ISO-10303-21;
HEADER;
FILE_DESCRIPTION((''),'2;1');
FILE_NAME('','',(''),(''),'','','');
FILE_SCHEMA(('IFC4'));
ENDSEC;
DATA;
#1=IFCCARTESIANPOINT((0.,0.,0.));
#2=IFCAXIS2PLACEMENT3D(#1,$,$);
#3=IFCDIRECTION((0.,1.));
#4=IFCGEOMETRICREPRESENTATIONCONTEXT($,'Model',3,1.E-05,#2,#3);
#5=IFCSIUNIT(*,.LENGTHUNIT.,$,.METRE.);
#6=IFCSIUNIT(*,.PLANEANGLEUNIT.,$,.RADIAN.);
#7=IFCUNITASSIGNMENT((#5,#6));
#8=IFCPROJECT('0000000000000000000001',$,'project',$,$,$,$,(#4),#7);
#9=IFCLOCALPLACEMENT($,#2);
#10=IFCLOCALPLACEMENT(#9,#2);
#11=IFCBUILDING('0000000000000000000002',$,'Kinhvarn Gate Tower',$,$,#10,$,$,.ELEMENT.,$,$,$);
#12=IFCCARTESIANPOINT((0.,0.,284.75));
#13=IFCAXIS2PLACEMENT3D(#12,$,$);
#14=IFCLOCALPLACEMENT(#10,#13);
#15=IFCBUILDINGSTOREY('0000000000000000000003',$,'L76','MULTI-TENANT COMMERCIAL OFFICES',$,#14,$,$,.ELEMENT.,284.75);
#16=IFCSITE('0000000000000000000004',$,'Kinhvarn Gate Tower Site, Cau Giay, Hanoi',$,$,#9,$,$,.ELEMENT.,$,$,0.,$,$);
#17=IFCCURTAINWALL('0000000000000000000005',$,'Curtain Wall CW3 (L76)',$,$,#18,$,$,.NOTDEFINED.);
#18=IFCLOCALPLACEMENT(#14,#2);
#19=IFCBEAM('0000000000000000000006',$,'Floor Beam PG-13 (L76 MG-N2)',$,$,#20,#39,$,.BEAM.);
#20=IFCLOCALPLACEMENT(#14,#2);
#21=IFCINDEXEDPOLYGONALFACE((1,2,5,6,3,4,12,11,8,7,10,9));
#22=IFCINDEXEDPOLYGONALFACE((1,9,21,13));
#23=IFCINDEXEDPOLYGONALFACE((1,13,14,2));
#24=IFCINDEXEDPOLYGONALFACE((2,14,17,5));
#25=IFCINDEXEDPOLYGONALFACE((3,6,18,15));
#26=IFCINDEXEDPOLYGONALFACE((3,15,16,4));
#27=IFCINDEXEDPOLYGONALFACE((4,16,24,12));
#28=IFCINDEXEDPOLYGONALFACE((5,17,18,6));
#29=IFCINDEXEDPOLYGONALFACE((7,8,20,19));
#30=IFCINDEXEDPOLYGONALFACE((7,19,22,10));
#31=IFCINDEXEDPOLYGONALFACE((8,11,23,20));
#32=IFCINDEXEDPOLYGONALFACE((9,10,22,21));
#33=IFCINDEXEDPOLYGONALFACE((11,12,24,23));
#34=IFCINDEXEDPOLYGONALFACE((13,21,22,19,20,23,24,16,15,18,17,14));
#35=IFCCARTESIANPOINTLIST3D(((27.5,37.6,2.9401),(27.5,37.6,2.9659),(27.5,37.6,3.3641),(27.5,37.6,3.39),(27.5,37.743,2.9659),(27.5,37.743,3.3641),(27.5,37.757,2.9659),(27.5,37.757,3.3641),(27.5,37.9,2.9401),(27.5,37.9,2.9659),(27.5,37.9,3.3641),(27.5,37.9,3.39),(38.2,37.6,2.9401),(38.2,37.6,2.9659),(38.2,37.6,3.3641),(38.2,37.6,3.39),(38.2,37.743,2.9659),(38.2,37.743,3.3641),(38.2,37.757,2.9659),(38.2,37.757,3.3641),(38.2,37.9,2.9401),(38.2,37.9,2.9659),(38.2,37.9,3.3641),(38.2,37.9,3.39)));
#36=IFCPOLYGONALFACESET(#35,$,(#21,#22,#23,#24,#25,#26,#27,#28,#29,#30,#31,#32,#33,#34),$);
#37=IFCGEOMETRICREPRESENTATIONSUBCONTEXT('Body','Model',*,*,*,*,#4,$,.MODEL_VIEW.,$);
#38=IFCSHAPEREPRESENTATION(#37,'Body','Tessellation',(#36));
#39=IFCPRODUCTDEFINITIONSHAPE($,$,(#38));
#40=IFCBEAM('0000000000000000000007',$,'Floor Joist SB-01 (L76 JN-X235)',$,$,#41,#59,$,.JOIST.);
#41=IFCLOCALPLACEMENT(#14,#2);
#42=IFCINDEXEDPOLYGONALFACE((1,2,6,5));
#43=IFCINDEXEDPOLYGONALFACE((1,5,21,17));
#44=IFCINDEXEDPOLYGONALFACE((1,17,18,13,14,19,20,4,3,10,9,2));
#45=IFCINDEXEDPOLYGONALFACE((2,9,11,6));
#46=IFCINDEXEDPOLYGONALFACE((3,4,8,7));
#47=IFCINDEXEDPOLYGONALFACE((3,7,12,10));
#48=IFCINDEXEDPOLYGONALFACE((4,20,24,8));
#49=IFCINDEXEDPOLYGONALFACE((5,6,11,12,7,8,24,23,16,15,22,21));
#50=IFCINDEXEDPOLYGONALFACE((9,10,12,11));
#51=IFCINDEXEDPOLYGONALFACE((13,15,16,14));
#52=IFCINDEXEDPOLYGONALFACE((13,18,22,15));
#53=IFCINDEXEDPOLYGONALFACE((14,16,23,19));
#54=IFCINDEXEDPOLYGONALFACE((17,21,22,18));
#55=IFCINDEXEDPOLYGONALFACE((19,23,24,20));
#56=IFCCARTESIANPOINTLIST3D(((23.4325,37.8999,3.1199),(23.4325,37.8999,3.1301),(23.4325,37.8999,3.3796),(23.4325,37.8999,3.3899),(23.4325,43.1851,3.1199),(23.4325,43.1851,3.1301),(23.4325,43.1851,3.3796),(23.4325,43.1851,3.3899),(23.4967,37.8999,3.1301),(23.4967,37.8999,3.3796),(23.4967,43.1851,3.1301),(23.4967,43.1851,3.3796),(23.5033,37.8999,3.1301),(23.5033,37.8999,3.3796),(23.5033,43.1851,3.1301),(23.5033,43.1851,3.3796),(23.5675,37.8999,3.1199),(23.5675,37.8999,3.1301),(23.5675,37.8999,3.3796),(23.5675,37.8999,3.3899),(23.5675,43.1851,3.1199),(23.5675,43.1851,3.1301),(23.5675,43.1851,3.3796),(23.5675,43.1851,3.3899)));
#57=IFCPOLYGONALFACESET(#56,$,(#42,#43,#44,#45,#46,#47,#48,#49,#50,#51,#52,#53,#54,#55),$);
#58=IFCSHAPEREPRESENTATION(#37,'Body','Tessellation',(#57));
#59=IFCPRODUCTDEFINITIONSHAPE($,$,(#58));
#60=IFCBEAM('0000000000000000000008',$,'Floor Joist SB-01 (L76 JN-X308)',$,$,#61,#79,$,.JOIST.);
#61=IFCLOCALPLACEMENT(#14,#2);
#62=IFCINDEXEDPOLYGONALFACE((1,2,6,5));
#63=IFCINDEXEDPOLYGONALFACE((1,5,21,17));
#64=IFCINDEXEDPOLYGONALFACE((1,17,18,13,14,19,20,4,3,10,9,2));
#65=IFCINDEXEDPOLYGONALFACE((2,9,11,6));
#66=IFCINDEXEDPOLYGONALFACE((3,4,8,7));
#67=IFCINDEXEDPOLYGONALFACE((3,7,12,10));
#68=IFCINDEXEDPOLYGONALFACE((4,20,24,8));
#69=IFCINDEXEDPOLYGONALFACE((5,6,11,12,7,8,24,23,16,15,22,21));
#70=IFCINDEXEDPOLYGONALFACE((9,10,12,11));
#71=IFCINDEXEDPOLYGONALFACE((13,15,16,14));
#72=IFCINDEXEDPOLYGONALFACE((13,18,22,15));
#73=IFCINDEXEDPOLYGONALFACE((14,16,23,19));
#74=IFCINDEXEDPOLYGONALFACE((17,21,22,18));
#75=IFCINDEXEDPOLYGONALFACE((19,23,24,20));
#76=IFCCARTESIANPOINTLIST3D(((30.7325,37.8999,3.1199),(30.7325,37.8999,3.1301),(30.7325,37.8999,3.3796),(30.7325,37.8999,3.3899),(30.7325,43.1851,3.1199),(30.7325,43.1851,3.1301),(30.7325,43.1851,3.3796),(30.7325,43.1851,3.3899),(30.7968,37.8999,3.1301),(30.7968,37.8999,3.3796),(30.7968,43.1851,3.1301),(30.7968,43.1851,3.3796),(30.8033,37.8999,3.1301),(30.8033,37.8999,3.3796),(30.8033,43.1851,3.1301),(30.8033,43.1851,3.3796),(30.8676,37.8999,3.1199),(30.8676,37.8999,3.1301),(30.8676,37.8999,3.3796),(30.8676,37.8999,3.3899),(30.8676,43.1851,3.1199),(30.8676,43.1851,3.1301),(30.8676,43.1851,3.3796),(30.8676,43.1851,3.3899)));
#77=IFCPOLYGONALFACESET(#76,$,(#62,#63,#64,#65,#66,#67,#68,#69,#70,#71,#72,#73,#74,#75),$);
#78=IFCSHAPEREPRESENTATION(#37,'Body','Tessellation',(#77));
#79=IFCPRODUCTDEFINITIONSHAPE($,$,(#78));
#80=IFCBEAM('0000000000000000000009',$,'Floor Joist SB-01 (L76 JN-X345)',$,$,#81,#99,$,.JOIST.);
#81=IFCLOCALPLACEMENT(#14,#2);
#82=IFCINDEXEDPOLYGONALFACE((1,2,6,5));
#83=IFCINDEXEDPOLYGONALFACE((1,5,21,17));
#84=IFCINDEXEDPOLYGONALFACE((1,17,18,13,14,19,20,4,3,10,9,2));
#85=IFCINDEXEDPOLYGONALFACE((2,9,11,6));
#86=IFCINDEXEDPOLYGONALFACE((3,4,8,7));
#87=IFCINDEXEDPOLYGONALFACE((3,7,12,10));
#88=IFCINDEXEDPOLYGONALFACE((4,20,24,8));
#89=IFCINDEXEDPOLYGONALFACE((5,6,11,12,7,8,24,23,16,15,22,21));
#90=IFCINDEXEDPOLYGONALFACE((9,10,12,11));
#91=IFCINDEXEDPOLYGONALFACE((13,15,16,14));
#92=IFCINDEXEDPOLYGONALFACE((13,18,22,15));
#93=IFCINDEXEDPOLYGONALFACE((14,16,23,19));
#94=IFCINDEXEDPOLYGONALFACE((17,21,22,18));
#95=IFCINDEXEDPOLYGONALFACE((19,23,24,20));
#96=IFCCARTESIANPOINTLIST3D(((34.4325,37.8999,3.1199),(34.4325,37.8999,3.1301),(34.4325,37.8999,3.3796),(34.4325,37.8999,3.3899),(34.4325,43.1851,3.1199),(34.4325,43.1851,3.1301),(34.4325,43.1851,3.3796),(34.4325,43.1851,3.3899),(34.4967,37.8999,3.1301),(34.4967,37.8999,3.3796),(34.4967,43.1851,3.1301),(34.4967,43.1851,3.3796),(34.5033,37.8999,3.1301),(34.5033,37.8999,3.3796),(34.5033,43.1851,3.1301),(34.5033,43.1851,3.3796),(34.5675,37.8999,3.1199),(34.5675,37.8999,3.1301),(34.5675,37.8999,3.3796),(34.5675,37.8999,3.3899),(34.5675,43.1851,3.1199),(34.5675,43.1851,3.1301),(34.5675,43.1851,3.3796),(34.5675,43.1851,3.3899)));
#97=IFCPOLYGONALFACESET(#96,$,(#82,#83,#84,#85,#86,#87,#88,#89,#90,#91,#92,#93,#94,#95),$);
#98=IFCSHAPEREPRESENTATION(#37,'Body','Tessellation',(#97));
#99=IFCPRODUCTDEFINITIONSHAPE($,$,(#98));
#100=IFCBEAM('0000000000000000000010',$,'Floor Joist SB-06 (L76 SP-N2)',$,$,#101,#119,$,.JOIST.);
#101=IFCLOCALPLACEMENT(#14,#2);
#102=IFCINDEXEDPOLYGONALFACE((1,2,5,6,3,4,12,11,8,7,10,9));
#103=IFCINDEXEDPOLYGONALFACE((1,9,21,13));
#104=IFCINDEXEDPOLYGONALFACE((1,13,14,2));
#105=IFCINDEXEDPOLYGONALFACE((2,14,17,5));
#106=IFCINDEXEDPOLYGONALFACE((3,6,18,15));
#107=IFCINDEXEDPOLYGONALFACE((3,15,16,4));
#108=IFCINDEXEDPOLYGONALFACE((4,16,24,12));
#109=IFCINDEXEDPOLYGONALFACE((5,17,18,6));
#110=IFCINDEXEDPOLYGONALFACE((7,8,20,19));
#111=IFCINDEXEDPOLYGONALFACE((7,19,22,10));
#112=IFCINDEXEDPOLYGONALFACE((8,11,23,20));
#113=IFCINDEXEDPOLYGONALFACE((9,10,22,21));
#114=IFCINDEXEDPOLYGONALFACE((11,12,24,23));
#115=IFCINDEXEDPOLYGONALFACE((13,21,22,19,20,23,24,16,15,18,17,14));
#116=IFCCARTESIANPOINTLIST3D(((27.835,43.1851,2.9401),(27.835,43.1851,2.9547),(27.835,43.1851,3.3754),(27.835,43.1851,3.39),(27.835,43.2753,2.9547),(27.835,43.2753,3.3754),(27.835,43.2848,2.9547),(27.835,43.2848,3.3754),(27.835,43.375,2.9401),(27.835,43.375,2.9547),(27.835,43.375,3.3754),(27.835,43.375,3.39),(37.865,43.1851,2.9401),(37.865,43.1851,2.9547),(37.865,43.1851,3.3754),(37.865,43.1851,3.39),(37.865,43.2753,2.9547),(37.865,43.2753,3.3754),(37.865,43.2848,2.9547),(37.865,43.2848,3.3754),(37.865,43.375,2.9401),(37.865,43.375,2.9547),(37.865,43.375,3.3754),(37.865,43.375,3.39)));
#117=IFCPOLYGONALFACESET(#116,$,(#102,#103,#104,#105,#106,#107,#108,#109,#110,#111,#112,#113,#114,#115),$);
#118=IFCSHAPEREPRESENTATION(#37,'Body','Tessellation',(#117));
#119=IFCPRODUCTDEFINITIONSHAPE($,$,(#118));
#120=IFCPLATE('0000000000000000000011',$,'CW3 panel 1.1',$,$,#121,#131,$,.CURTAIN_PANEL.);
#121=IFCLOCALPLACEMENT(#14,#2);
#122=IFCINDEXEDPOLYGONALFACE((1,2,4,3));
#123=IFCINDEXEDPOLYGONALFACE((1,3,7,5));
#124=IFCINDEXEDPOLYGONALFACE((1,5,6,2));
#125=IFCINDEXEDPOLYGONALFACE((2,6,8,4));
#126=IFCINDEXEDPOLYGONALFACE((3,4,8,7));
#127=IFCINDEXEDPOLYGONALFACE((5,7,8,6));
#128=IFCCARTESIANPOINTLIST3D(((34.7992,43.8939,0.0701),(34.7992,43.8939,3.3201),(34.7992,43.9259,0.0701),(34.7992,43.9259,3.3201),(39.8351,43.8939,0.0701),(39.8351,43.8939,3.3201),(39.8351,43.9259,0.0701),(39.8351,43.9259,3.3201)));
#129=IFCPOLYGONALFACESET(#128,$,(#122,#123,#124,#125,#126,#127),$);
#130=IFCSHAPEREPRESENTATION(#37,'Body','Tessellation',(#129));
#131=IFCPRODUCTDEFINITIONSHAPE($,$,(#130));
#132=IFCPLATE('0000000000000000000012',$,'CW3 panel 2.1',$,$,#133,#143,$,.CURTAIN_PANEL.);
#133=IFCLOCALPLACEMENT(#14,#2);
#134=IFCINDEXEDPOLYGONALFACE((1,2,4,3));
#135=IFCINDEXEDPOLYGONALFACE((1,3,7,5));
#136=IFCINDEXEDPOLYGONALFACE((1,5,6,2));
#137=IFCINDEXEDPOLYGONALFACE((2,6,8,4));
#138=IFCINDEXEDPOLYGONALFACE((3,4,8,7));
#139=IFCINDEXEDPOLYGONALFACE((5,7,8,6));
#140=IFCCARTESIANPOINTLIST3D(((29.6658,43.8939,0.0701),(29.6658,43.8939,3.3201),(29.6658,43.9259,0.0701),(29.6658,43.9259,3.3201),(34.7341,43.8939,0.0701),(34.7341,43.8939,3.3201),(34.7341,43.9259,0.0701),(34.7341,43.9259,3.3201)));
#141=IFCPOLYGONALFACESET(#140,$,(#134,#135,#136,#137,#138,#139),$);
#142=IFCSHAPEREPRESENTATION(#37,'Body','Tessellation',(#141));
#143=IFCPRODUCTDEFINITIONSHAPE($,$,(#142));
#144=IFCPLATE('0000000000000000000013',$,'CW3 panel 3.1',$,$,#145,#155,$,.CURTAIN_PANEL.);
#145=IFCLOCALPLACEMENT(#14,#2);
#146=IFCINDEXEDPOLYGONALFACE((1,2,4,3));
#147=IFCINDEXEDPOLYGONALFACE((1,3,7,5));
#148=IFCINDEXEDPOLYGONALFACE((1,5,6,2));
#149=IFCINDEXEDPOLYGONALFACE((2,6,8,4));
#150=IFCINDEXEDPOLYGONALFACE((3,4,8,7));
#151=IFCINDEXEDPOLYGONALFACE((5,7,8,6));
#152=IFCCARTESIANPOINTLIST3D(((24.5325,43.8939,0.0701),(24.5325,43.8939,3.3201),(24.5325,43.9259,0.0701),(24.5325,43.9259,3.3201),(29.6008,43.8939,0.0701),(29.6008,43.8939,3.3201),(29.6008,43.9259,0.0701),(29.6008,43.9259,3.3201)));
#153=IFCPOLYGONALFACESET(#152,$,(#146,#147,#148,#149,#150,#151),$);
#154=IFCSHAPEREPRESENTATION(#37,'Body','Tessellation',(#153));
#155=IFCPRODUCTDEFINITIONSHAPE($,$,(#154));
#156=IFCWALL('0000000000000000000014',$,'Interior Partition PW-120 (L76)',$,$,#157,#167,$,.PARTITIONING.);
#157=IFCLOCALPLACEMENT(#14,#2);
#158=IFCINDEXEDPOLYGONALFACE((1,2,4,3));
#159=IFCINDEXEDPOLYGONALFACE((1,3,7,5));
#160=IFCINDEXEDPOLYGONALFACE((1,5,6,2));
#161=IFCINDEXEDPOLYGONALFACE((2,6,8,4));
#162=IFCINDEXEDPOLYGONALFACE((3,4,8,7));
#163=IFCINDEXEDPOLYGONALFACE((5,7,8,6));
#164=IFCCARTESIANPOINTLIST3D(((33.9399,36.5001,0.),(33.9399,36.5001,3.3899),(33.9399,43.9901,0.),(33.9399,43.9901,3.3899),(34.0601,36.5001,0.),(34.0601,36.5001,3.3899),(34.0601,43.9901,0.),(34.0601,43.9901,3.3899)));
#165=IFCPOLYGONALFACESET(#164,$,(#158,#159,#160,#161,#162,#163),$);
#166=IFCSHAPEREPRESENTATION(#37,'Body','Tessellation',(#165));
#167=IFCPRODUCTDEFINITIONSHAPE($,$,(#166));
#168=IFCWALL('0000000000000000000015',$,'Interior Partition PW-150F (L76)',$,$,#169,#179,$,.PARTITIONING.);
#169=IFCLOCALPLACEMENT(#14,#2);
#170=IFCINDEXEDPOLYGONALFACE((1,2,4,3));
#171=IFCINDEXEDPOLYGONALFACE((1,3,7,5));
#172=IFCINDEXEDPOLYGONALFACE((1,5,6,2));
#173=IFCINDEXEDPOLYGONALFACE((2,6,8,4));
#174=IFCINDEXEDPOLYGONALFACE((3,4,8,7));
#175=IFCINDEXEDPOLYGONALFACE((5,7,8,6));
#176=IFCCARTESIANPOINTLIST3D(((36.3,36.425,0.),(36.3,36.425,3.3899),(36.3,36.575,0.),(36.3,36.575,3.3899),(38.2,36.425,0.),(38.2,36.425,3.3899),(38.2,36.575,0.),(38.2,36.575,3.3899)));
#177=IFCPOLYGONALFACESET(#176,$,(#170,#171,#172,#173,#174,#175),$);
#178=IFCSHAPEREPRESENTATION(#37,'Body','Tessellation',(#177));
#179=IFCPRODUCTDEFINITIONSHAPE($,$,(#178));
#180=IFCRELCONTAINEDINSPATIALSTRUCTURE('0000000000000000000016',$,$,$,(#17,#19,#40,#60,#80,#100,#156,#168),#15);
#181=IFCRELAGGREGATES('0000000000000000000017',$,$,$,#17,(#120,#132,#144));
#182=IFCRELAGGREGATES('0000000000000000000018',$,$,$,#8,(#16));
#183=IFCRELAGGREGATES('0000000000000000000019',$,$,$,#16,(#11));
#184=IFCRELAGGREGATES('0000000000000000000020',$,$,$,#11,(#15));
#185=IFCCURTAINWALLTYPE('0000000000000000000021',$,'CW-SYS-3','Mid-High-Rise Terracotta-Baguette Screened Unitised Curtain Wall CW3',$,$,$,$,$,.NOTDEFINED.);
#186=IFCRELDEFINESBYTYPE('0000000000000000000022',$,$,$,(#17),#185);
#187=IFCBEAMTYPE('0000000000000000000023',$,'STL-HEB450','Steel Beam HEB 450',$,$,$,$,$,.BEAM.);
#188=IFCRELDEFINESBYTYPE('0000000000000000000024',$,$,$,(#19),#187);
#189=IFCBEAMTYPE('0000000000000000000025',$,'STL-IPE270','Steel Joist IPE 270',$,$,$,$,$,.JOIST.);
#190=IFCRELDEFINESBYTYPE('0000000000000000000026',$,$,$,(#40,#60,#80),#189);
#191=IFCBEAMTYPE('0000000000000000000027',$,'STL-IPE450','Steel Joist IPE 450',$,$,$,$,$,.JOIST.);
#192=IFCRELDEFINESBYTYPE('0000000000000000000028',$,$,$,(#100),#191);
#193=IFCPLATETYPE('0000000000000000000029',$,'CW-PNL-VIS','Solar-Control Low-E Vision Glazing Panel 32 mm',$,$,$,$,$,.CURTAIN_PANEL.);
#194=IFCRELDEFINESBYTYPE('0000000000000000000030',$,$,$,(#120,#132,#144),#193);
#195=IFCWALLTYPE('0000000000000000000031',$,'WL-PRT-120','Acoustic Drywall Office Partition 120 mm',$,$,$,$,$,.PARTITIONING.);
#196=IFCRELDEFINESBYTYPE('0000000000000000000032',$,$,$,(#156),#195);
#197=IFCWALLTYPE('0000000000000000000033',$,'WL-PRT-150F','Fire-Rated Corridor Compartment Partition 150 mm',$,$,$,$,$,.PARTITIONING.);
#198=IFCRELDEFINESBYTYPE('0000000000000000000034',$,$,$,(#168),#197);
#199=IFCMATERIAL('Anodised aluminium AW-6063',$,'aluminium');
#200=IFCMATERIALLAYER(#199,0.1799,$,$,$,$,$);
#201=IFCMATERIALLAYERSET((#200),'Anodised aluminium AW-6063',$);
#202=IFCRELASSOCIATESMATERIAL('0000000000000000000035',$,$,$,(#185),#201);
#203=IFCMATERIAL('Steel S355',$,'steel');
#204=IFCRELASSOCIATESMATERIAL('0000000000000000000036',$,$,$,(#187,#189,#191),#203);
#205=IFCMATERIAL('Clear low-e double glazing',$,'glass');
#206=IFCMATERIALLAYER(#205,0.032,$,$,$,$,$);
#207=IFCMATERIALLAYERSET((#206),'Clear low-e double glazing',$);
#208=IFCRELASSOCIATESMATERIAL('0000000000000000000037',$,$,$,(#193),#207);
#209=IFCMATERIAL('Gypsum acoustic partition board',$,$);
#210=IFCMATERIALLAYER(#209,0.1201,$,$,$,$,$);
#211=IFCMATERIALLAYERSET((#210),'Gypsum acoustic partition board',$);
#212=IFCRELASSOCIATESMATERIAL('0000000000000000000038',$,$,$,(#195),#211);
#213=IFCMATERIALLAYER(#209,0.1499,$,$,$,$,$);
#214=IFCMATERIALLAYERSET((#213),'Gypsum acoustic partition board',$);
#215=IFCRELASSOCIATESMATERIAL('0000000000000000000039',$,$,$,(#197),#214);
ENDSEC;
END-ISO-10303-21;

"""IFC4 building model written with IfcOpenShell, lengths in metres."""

from ifc_helpers import new_model, si_unit, direction, frame, frame_2d, origin, origin_2d, place, context, subcontext, project, spatial, rectangle, i_section, extrude, material, layer, layer_set, material_profile, profile_set, type_object, element, aggregate, save


model = new_model("IFC4")

# Units and contexts
model_context = context("Model", 3, precision=1e-05, world=origin(), true_north=direction((0.0, 1.0)))
body_context = subcontext(model_context, "Body", "Model", "MODEL_VIEW")
ifc_project = project(units=[si_unit("LENGTHUNIT", "METRE"), si_unit("PLANEANGLEUNIT", "RADIAN")], contexts=[model_context])

# Site, building, storey
site_placement = place(None, origin())
site = spatial("IfcSite", under=ifc_project, at=site_placement, Name="Kinhvarn Gate Tower Site, Cau Giay, Hanoi", CompositionType="ELEMENT", RefElevation=0.0)
building_placement = place(site_placement, origin())
building = spatial("IfcBuilding", under=site, at=building_placement, Name="Kinhvarn Gate Tower", CompositionType="ELEMENT")
storey_placement = place(building_placement, frame((0.0, 0.0, 284.75)))
storey = spatial("IfcBuildingStorey", under=building, at=storey_placement, Name="L76", Description="MULTI-TENANT COMMERCIAL OFFICES", CompositionType="ELEMENT", Elevation=284.75)

# Curtain wall
ifc_material_1 = material(Name="Anodised aluminium AW-6063", Category="aluminium")
ifc_layer_1 = layer(ifc_material_1, 0.1799)
ifc_layer_set_1 = layer_set([ifc_layer_1], Name="Anodised aluminium AW-6063")
curtain_wall_type = type_object("IfcCurtainWallType", Name="CW-SYS-3", Description="Mid-High-Rise Terracotta-Baguette Screened Unitised Curtain Wall CW3", PredefinedType="NOTDEFINED", material=ifc_layer_set_1)
curtain_wall_placement = place(storey_placement, origin())
curtain_wall = element("IfcCurtainWall", 1, at=curtain_wall_placement, inside=storey, type_object=curtain_wall_type, Name="Curtain Wall CW3 (L76)", PredefinedType="NOTDEFINED")

# Beams
ifc_material_2 = material(Name="Steel S355", Category="steel")
ifc_material_profile_1 = material_profile(ifc_material_2, i_section(OverallWidth=0.3, OverallDepth=0.45, WebThickness=0.0139, FlangeThickness=0.0259, at=origin_2d()), Name="HEB 450")
ifc_profile_set_1 = profile_set([ifc_material_profile_1], Name="Steel S355")
beam_type_1 = type_object("IfcBeamType", Name="STL-HEB450", Description="Steel Beam HEB 450", PredefinedType="BEAM", material=ifc_profile_set_1)
beam_1_placement = place(storey_placement, frame((27.5, 37.75, 3.165), z_axis=(1.0, 0.0, 0.0), x_axis=(0.0, 1.0, 0.0)))
element("IfcBeam", 2, at=beam_1_placement, inside=storey, type_object=beam_type_1, Name="Floor Beam PG-13 (L76 MG-N2)", PredefinedType="BEAM", context=body_context, shape_type="SweptSolid", body=[
    extrude(i_section(OverallWidth=0.3, OverallDepth=0.45, WebThickness=0.0139, FlangeThickness=0.0259, at=origin_2d()), origin(), (0.0, 0.0, 1.0), 10.7),
])
ifc_material_profile_2 = material_profile(ifc_material_2, i_section(OverallWidth=0.135, OverallDepth=0.27, WebThickness=0.0066, FlangeThickness=0.0103, at=origin_2d()), Name="IPE 270")
ifc_profile_set_2 = profile_set([ifc_material_profile_2], Name="Steel S355")
beam_type_2 = type_object("IfcBeamType", Name="STL-IPE270", Description="Steel Joist IPE 270", PredefinedType="JOIST", material=ifc_profile_set_2)
for number, where, z_axis, x_axis, name in (
    (3, (23.5, 37.8999, 3.2549), (0.0, 1.0, 0.0), (-1.0, 0.0, 0.0), "Floor Joist SB-01 (L76 JN-X235)"),
    (4, (30.8, 37.8999, 3.2549), (0.0, 1.0, 0.0), (-1.0, 0.0, 0.0), "Floor Joist SB-01 (L76 JN-X308)"),
    (5, (34.5, 37.8999, 3.2549), (0.0, 1.0, 0.0), (-1.0, 0.0, 0.0), "Floor Joist SB-01 (L76 JN-X345)"),
):
    element("IfcBeam", number, at=place(storey_placement, frame(where, z_axis=z_axis, x_axis=x_axis)), inside=storey, type_object=beam_type_2, Name=name, PredefinedType="JOIST", context=body_context, shape_type="SweptSolid", body=[
        extrude(i_section(OverallWidth=0.135, OverallDepth=0.27, WebThickness=0.0066, FlangeThickness=0.0103, at=origin_2d()), origin(), (0.0, 0.0, 1.0), 5.2852),
    ])
ifc_material_profile_3 = material_profile(ifc_material_2, i_section(OverallWidth=0.1899, OverallDepth=0.45, WebThickness=0.0095, FlangeThickness=0.0146, at=origin_2d()), Name="IPE 450")
ifc_profile_set_3 = profile_set([ifc_material_profile_3], Name="Steel S355")
beam_type_3 = type_object("IfcBeamType", Name="STL-IPE450", Description="Steel Joist IPE 450", PredefinedType="JOIST", material=ifc_profile_set_3)
beam_2_placement = place(storey_placement, frame((27.835, 43.28, 3.165), z_axis=(1.0, 0.0, 0.0), x_axis=(0.0, 1.0, 0.0)))
element("IfcBeam", 6, at=beam_2_placement, inside=storey, type_object=beam_type_3, Name="Floor Joist SB-06 (L76 SP-N2)", PredefinedType="JOIST", context=body_context, shape_type="SweptSolid", body=[
    extrude(i_section(OverallWidth=0.1899, OverallDepth=0.45, WebThickness=0.0095, FlangeThickness=0.0146, at=origin_2d()), origin(), (0.0, 0.0, 1.0), 10.03),
])

# Plates
ifc_material_3 = material(Name="Clear low-e double glazing", Category="glass")
ifc_layer_2 = layer(ifc_material_3, 0.032)
ifc_layer_set_2 = layer_set([ifc_layer_2], Name="Clear low-e double glazing")
plate_type = type_object("IfcPlateType", Name="CW-PNL-VIS", Description="Solar-Control Low-E Vision Glazing Panel 32 mm", PredefinedType="CURTAIN_PANEL", material=ifc_layer_set_2)
plate_1_placement = place(storey_placement, frame((37.3171, 43.9099, 0.0701), z_axis=(0.0, 0.0, 1.0), x_axis=(-1.0, 0.0, 0.0)))
plate_1 = element("IfcPlate", 7, at=plate_1_placement, type_object=plate_type, Name="CW3 panel 1.1", PredefinedType="CURTAIN_PANEL", context=body_context, shape_type="SweptSolid", body=[
    extrude(rectangle(XDim=5.0359, YDim=0.032, at=origin_2d()), origin(), (0.0, 0.0, 1.0), 3.25),
])
plate_2_placement = place(storey_placement, frame((32.2, 43.9099, 0.0701), z_axis=(0.0, 0.0, 1.0), x_axis=(-1.0, 0.0, 0.0)))
plate_2 = element("IfcPlate", 8, at=plate_2_placement, type_object=plate_type, Name="CW3 panel 2.1", PredefinedType="CURTAIN_PANEL", context=body_context, shape_type="SweptSolid", body=[
    extrude(rectangle(XDim=5.0684, YDim=0.032, at=origin_2d()), origin(), (0.0, 0.0, 1.0), 3.25),
])
plate_3_placement = place(storey_placement, frame((27.0667, 43.9099, 0.0701), z_axis=(0.0, 0.0, 1.0), x_axis=(-1.0, 0.0, 0.0)))
plate_3 = element("IfcPlate", 9, at=plate_3_placement, type_object=plate_type, Name="CW3 panel 3.1", PredefinedType="CURTAIN_PANEL", context=body_context, shape_type="SweptSolid", body=[
    extrude(rectangle(XDim=5.0684, YDim=0.032, at=origin_2d()), origin(), (0.0, 0.0, 1.0), 3.25),
])
aggregate(curtain_wall, [plate_1, plate_2, plate_3])

# Walls
ifc_material_4 = material(Name="Gypsum acoustic partition board")
ifc_layer_3 = layer(ifc_material_4, 0.1201)
ifc_layer_set_3 = layer_set([ifc_layer_3], Name="Gypsum acoustic partition board")
wall_type_1 = type_object("IfcWallType", Name="WL-PRT-120", Description="Acoustic Drywall Office Partition 120 mm", PredefinedType="PARTITIONING", material=ifc_layer_set_3)
wall_1_placement = place(storey_placement, frame((34.0, 36.5, 0.0), z_axis=(0.0, 0.0, 1.0), x_axis=(0.0, 1.0, 0.0)))
element("IfcWall", 10, at=wall_1_placement, inside=storey, type_object=wall_type_1, Name="Interior Partition PW-120 (L76)", PredefinedType="PARTITIONING", context=body_context, shape_type="SweptSolid", body=[
    extrude(rectangle(XDim=7.49, YDim=0.1201, at=frame_2d((3.7451, 0.0))), origin(), (0.0, 0.0, 1.0), 3.3899),
])
ifc_layer_4 = layer(ifc_material_4, 0.1499)
ifc_layer_set_4 = layer_set([ifc_layer_4], Name="Gypsum acoustic partition board")
wall_type_2 = type_object("IfcWallType", Name="WL-PRT-150F", Description="Fire-Rated Corridor Compartment Partition 150 mm", PredefinedType="PARTITIONING", material=ifc_layer_set_4)
wall_2_placement = place(storey_placement, frame((36.3, 36.5, 0.0), z_axis=(0.0, 0.0, 1.0), x_axis=(1.0, 0.0, 0.0)))
element("IfcWall", 11, at=wall_2_placement, inside=storey, type_object=wall_type_2, Name="Interior Partition PW-150F (L76)", PredefinedType="PARTITIONING", context=body_context, shape_type="SweptSolid", body=[
    extrude(rectangle(XDim=1.8999, YDim=0.1499, at=frame_2d((0.95, 0.0))), origin(), (0.0, 0.0, 1.0), 3.3899),
])

save(model, "model.ifc")
